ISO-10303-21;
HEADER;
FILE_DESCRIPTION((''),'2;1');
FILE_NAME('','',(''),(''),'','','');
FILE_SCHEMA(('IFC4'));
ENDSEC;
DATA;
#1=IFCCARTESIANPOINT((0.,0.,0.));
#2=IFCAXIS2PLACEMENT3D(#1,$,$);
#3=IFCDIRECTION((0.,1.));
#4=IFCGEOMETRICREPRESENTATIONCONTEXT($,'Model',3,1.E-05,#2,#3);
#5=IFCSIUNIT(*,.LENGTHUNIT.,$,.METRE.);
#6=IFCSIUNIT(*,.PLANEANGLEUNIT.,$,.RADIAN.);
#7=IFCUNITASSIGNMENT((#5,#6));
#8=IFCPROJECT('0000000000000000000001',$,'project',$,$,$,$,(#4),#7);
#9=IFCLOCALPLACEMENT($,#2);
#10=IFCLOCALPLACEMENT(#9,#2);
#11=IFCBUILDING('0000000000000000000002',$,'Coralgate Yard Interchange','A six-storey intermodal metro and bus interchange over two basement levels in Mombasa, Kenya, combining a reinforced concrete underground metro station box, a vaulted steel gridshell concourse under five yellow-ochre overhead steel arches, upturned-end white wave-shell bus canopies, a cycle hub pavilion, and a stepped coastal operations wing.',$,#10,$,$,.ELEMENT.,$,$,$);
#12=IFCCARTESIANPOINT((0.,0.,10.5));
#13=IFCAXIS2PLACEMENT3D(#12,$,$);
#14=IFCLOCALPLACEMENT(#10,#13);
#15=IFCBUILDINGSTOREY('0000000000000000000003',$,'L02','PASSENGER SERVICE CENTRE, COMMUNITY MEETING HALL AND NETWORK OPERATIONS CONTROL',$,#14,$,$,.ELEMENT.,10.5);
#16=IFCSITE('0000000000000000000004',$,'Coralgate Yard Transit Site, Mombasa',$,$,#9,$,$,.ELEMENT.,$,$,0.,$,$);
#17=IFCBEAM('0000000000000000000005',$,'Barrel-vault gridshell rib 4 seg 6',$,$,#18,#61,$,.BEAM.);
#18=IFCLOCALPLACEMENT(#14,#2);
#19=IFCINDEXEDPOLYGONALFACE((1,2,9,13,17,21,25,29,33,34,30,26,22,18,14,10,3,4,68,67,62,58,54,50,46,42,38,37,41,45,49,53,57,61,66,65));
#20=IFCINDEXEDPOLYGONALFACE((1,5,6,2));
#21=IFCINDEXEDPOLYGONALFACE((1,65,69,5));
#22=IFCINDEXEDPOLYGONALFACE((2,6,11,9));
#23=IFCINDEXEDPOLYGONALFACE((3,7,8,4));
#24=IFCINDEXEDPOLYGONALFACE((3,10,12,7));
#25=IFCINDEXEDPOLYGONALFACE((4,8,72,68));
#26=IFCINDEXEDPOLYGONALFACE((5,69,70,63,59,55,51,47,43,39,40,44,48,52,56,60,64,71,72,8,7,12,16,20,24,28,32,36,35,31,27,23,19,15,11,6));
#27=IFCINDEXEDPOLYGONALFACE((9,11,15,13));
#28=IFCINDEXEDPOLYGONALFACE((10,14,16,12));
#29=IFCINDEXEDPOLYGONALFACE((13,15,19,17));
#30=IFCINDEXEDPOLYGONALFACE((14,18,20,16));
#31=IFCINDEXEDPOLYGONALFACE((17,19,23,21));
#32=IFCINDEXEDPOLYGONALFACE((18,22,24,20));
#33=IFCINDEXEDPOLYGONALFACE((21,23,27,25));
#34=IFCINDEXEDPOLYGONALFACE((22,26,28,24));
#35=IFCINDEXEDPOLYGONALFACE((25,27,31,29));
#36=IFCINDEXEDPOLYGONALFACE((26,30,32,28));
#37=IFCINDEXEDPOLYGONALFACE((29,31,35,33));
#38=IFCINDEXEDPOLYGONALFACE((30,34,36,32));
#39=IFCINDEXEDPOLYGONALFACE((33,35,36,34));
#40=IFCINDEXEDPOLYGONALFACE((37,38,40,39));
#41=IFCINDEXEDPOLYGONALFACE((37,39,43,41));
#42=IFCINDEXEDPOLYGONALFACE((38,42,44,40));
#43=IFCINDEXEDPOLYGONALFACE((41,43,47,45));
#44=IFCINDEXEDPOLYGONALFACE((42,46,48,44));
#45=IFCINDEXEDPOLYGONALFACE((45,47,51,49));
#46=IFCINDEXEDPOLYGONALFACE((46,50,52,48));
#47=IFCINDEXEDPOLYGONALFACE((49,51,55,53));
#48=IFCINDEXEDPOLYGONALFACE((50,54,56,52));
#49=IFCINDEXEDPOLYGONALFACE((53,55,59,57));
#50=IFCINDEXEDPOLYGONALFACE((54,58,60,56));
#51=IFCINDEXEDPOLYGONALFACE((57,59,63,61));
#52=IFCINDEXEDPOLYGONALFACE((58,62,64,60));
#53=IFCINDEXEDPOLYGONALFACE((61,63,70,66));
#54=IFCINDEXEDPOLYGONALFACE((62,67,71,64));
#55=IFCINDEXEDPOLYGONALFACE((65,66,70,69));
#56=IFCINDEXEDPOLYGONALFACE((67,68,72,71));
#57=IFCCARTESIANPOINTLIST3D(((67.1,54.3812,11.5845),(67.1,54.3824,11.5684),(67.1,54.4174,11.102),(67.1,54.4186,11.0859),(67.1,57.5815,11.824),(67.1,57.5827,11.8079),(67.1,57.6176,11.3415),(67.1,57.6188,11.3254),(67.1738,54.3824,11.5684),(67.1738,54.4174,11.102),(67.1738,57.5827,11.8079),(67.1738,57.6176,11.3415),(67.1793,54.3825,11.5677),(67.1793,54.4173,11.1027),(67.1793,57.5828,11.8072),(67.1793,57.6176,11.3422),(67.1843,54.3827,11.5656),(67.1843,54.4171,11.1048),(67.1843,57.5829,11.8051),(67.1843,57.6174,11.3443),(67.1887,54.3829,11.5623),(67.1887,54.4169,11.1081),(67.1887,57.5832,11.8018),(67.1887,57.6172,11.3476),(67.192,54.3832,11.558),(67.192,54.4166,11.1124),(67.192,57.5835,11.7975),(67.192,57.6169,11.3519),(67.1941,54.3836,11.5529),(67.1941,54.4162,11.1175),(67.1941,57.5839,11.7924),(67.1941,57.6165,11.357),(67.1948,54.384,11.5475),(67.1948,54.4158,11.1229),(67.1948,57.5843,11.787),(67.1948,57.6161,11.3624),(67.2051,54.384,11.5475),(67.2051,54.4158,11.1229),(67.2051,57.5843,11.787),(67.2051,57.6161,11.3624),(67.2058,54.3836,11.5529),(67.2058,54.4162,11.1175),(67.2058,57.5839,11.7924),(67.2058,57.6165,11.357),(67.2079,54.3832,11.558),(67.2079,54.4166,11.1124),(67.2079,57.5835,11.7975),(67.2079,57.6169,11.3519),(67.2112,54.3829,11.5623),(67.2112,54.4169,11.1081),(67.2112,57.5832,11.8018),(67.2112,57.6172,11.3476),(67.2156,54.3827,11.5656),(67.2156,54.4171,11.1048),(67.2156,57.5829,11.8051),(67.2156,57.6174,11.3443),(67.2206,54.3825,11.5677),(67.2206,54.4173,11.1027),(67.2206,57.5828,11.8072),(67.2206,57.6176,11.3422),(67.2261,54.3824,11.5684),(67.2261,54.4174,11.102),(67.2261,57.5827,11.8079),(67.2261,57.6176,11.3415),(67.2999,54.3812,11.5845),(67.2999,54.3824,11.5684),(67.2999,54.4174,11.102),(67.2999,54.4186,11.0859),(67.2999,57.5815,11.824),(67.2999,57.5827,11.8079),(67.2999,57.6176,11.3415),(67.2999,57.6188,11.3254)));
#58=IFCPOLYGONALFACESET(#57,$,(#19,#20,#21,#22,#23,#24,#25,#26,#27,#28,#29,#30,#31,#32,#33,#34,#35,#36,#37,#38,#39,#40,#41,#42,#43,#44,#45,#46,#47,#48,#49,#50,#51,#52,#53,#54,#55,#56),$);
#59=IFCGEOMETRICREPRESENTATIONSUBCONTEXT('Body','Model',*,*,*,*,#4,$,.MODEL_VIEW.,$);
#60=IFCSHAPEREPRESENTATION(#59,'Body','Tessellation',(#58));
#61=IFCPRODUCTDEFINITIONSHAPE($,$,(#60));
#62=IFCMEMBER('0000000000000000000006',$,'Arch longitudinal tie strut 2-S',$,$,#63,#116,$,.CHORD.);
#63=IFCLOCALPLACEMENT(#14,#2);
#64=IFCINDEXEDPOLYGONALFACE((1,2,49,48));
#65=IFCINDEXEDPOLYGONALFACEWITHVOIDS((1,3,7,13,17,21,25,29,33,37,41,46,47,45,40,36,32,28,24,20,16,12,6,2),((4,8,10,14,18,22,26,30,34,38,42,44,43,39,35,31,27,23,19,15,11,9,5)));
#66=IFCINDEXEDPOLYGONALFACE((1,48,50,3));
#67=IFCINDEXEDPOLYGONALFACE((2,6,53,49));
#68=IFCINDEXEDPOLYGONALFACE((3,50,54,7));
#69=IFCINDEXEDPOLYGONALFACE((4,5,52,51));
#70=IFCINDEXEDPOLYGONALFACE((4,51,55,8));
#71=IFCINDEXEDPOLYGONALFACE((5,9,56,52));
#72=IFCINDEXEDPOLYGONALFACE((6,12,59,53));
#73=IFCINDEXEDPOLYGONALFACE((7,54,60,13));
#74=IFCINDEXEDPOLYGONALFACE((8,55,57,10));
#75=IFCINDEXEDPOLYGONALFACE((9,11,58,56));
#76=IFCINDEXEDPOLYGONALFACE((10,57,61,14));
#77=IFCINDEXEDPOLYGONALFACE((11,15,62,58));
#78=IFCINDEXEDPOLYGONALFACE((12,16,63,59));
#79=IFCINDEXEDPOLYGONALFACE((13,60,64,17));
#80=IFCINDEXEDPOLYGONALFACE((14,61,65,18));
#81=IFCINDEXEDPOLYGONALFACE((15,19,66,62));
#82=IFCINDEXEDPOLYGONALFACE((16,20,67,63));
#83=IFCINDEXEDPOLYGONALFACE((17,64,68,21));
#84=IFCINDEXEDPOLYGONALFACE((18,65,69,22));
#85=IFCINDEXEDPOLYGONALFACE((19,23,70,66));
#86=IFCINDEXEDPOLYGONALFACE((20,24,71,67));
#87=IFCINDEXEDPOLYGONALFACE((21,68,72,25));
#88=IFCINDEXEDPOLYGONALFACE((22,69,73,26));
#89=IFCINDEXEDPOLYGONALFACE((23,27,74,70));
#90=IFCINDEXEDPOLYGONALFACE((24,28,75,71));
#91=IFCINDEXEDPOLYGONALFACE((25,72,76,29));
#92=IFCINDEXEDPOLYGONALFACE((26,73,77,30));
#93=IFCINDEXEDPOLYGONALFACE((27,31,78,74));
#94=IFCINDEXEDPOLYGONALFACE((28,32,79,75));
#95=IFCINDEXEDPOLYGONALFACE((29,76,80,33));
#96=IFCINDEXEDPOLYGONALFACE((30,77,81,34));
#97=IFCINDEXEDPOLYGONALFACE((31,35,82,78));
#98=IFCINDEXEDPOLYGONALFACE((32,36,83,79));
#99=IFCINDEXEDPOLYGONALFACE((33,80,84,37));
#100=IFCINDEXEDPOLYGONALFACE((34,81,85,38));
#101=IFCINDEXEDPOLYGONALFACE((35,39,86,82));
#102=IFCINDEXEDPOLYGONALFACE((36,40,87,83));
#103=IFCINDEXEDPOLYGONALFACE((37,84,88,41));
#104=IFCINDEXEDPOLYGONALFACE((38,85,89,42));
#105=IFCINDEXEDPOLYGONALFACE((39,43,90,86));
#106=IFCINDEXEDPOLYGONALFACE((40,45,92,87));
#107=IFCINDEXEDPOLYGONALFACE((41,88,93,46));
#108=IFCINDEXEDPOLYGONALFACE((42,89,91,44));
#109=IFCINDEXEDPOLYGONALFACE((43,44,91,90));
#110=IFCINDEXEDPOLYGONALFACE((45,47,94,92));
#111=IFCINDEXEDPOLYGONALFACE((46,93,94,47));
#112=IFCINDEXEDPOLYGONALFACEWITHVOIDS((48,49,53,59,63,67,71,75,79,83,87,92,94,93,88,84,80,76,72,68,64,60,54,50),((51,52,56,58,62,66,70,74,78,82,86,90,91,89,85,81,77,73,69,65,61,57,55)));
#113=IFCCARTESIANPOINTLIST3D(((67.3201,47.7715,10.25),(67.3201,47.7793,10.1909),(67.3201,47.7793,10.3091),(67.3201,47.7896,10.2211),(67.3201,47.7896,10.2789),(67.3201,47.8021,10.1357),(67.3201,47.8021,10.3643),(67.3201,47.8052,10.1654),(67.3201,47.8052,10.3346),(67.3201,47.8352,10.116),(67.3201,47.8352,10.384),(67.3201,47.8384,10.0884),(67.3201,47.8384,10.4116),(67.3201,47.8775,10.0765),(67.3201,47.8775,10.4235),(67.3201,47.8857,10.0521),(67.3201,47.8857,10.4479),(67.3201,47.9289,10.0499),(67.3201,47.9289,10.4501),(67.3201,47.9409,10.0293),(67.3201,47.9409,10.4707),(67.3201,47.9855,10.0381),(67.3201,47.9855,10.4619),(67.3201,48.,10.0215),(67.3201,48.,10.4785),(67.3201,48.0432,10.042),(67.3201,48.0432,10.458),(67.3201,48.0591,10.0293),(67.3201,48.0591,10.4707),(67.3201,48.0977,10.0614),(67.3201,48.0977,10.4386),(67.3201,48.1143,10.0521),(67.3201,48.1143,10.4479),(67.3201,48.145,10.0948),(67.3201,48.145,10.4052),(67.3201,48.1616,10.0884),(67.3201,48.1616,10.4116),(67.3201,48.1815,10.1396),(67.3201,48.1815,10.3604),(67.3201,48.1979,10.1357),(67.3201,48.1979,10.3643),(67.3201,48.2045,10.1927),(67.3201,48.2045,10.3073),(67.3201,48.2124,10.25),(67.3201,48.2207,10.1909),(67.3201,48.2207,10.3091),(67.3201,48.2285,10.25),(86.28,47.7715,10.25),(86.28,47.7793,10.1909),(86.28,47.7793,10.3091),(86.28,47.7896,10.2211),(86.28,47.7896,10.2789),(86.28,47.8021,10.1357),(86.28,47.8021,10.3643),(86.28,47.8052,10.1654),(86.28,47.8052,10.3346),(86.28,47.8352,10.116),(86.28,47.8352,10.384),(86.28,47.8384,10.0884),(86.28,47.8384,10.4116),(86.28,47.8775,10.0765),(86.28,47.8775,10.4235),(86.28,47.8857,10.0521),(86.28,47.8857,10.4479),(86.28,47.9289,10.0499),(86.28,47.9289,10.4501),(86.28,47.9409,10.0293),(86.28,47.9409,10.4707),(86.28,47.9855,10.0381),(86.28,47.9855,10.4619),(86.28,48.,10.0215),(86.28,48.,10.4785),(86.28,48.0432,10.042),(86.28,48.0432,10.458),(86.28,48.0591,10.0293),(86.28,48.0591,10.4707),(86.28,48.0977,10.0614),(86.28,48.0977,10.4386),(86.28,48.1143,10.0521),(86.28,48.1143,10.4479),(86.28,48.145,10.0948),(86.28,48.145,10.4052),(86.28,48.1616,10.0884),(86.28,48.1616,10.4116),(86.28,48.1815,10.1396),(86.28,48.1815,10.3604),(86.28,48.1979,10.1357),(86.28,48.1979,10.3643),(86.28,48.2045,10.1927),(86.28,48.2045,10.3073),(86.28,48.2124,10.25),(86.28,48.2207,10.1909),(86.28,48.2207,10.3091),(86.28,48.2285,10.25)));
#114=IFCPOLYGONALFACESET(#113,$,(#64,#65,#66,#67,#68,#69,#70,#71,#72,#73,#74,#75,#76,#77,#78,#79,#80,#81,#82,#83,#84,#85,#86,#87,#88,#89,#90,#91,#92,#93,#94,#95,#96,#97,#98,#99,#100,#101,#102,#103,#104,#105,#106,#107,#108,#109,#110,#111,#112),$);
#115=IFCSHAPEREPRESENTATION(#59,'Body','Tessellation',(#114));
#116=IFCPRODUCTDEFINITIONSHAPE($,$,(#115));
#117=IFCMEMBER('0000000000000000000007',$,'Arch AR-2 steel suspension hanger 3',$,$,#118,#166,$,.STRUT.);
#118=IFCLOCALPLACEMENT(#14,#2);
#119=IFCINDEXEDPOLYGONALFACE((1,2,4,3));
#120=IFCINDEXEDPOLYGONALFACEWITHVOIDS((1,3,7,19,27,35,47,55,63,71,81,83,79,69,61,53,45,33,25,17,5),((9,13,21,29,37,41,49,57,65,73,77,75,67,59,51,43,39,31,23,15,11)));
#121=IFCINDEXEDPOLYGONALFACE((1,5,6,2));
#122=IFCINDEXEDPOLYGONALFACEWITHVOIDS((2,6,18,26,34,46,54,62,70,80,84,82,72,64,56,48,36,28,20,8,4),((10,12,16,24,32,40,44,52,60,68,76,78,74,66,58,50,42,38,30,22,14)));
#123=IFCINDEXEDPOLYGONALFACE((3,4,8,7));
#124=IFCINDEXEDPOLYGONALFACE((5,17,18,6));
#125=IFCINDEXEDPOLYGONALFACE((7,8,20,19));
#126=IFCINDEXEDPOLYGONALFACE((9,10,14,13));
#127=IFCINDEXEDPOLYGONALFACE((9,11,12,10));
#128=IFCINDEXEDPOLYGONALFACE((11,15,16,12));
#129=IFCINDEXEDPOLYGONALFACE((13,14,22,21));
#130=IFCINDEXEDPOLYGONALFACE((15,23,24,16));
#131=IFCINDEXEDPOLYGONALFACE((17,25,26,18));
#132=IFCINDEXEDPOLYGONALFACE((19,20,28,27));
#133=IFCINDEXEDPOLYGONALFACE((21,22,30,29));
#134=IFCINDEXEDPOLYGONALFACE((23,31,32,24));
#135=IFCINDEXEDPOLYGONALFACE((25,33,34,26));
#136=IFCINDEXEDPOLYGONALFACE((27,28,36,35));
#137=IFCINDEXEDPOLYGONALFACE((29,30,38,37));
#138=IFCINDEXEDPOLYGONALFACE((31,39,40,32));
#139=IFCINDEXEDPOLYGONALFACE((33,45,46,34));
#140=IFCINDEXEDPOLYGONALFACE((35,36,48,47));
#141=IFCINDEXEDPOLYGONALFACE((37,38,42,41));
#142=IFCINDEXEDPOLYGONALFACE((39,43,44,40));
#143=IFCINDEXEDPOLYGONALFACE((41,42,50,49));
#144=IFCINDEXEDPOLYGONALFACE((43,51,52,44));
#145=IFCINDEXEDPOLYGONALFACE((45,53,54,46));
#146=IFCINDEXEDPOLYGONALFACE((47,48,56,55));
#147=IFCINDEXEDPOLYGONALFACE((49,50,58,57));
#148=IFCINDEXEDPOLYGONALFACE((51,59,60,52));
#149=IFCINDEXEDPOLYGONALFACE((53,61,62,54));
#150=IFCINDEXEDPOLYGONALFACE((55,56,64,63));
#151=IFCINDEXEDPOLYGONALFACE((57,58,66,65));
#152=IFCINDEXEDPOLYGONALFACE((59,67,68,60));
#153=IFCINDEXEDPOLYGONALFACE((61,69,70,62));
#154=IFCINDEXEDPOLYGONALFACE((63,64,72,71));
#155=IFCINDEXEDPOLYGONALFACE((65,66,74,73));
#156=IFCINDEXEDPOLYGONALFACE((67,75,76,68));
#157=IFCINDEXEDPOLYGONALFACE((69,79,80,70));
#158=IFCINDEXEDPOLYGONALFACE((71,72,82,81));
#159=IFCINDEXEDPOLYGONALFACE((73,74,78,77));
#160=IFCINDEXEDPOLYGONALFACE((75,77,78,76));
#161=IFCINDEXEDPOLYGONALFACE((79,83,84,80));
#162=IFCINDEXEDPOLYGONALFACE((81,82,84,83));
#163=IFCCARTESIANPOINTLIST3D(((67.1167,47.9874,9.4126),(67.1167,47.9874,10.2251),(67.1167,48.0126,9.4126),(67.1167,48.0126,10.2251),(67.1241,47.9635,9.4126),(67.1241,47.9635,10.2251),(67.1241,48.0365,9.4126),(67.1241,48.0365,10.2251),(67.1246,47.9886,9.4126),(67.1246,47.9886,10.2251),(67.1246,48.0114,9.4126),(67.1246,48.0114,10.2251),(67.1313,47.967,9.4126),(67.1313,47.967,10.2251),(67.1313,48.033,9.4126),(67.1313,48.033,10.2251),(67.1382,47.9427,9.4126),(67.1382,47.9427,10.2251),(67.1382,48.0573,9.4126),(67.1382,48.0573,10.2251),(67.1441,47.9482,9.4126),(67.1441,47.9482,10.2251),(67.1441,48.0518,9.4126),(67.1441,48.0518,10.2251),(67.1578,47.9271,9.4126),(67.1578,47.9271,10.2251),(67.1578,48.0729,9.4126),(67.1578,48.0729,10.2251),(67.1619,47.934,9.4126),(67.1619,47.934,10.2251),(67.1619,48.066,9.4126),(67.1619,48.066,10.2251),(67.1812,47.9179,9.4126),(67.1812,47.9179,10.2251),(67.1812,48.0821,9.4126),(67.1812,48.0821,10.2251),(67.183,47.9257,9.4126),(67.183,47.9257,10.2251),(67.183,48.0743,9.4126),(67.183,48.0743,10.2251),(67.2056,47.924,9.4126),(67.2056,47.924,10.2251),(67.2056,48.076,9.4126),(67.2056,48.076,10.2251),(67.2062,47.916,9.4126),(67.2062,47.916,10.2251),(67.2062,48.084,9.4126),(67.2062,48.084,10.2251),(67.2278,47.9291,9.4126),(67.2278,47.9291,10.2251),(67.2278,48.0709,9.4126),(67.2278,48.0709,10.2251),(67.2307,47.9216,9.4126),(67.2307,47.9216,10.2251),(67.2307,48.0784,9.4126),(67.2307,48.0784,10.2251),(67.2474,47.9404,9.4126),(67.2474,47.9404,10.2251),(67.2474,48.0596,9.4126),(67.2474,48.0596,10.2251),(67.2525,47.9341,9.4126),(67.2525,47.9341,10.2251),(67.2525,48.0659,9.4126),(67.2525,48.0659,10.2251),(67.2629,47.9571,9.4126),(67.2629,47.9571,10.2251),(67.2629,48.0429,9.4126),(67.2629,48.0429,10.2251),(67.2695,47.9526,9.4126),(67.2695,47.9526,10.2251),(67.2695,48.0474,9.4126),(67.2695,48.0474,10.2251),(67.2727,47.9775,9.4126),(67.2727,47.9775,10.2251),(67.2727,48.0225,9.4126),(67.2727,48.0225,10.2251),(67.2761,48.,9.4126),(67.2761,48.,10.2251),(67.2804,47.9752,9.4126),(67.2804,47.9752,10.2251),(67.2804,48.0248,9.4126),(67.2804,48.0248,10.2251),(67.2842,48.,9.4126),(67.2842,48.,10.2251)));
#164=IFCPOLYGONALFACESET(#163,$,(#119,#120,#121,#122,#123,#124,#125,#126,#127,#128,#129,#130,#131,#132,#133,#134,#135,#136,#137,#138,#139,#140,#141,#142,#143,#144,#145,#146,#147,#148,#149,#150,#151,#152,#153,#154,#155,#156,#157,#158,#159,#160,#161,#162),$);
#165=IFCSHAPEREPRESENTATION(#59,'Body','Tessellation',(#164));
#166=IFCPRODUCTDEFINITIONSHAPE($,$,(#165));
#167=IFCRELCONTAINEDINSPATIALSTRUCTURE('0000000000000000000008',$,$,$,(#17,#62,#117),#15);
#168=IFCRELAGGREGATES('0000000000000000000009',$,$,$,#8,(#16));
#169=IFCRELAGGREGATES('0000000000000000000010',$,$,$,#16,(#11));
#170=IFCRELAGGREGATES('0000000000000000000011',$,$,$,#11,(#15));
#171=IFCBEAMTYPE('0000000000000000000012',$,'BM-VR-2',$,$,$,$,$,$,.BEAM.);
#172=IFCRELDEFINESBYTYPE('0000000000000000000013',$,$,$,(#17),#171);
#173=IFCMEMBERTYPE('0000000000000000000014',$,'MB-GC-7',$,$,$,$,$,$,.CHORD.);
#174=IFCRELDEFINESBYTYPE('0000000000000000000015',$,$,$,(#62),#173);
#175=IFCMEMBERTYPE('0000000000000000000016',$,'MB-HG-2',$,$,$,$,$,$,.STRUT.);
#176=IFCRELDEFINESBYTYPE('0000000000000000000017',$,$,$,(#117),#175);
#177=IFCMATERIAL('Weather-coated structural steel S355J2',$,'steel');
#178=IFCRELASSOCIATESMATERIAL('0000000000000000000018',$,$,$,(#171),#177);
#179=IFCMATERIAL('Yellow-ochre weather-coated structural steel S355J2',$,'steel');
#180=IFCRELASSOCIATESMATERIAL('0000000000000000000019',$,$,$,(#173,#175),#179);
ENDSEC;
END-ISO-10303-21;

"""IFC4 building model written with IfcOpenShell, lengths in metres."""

from ifc_helpers import new_model, si_unit, direction, frame, origin, origin_2d, place, context, subcontext, project, spatial, hollow_circle, i_section, extrude, material, material_profile, profile_set, type_object, element, save


model = new_model("IFC4")

# Units and contexts
model_context = context("Model", 3, precision=1e-05, world=origin(), true_north=direction((0.0, 1.0)))
body_context = subcontext(model_context, "Body", "Model", "MODEL_VIEW")
ifc_project = project(units=[si_unit("LENGTHUNIT", "METRE"), si_unit("PLANEANGLEUNIT", "RADIAN")], contexts=[model_context])

# Site, building, storey
site_placement = place(None, origin())
site = spatial("IfcSite", under=ifc_project, at=site_placement, Name="Coralgate Yard Transit Site, Mombasa", CompositionType="ELEMENT", RefElevation=0.0)
building_placement = place(site_placement, origin())
building = spatial("IfcBuilding", under=site, at=building_placement, Name="Coralgate Yard Interchange", Description="A six-storey intermodal metro and bus interchange over two basement levels in Mombasa, Kenya, combining a reinforced concrete underground metro station box, a vaulted steel gridshell concourse under five yellow-ochre overhead steel arches, upturned-end white wave-shell bus canopies, a cycle hub pavilion, and a stepped coastal operations wing.", CompositionType="ELEMENT")
storey_placement = place(building_placement, frame((0.0, 0.0, 10.5)))
storey = spatial("IfcBuildingStorey", under=building, at=storey_placement, Name="L02", Description="PASSENGER SERVICE CENTRE, COMMUNITY MEETING HALL AND NETWORK OPERATIONS CONTROL", CompositionType="ELEMENT", Elevation=10.5)

# Beam
ifc_material_1 = material(Name="Yellow-ochre weather-coated structural steel S355J2", Category="steel")
ifc_material_2 = material(Name="Weather-coated structural steel S355J2", Category="steel")
ifc_material_profile_1 = material_profile(ifc_material_2, i_section(OverallWidth=0.2, OverallDepth=0.5, WebThickness=0.0103, FlangeThickness=0.0161, FilletRadius=0.021, at=origin_2d()), Name="IPE 500")
ifc_profile_set_1 = profile_set([ifc_material_profile_1], Name="Weather-coated structural steel S355J2")
beam_type_1 = type_object("IfcBeamType", Name="BM-VR-2", PredefinedType="BEAM", material=ifc_profile_set_1)
beam_1_placement = place(storey_placement, frame((67.2, 54.3999, 11.3352), z_axis=(0.0, 0.997211, 0.074631), x_axis=(-1.0, 0.0, 0.0)))
element("IfcBeam", 1, at=beam_1_placement, inside=storey, type_object=beam_type_1, Name="Barrel-vault gridshell rib 4 seg 6", PredefinedType="BEAM", context=body_context, shape_type="SweptSolid", body=[
    extrude(i_section(OverallWidth=0.2, OverallDepth=0.5, WebThickness=0.0103, FlangeThickness=0.0161, FilletRadius=0.021, at=origin_2d()), origin(), (0.0, 0.0, 1.0), 3.2092),
])

# Members
ifc_material_profile_2 = material_profile(ifc_material_1, hollow_circle(Radius=0.2285, WallThickness=0.0161, at=origin_2d()), Name="CHS 457x16")
ifc_profile_set_2 = profile_set([ifc_material_profile_2], Name="Yellow-ochre weather-coated structural steel S355J2")
member_type_1 = type_object("IfcMemberType", Name="MB-GC-7", PredefinedType="CHORD", material=ifc_profile_set_2)
member_1_placement = place(storey_placement, frame((67.3201, 48.0, 10.25), z_axis=(1.0, 0.0, 0.0), x_axis=(0.0, 1.0, 0.0)))
element("IfcMember", 2, at=member_1_placement, inside=storey, type_object=member_type_1, Name="Arch longitudinal tie strut 2-S", PredefinedType="CHORD", context=body_context, shape_type="SweptSolid", body=[
    extrude(hollow_circle(Radius=0.2285, WallThickness=0.0161, at=origin_2d()), origin(), (0.0, 0.0, 1.0), 18.96),
])
ifc_material_profile_3 = material_profile(ifc_material_1, hollow_circle(Radius=0.0842, WallThickness=0.0081, at=origin_2d()), Name="CHS 168.3x8")
ifc_profile_set_3 = profile_set([ifc_material_profile_3], Name="Yellow-ochre weather-coated structural steel S355J2")
member_type_2 = type_object("IfcMemberType", Name="MB-HG-2", PredefinedType="STRUT", material=ifc_profile_set_3)
member_2_placement = place(storey_placement, frame((67.2, 48.0, 9.4126), z_axis=(0.0, 0.0, 1.0), x_axis=(1.0, 0.0, 0.0)))
element("IfcMember", 3, at=member_2_placement, inside=storey, type_object=member_type_2, Name="Arch AR-2 steel suspension hanger 3", PredefinedType="STRUT", context=body_context, shape_type="SweptSolid", body=[
    extrude(hollow_circle(Radius=0.0842, WallThickness=0.0081, at=origin_2d()), origin(), (0.0, 0.0, 1.0), 0.8125),
])

save(model, "model.ifc")
